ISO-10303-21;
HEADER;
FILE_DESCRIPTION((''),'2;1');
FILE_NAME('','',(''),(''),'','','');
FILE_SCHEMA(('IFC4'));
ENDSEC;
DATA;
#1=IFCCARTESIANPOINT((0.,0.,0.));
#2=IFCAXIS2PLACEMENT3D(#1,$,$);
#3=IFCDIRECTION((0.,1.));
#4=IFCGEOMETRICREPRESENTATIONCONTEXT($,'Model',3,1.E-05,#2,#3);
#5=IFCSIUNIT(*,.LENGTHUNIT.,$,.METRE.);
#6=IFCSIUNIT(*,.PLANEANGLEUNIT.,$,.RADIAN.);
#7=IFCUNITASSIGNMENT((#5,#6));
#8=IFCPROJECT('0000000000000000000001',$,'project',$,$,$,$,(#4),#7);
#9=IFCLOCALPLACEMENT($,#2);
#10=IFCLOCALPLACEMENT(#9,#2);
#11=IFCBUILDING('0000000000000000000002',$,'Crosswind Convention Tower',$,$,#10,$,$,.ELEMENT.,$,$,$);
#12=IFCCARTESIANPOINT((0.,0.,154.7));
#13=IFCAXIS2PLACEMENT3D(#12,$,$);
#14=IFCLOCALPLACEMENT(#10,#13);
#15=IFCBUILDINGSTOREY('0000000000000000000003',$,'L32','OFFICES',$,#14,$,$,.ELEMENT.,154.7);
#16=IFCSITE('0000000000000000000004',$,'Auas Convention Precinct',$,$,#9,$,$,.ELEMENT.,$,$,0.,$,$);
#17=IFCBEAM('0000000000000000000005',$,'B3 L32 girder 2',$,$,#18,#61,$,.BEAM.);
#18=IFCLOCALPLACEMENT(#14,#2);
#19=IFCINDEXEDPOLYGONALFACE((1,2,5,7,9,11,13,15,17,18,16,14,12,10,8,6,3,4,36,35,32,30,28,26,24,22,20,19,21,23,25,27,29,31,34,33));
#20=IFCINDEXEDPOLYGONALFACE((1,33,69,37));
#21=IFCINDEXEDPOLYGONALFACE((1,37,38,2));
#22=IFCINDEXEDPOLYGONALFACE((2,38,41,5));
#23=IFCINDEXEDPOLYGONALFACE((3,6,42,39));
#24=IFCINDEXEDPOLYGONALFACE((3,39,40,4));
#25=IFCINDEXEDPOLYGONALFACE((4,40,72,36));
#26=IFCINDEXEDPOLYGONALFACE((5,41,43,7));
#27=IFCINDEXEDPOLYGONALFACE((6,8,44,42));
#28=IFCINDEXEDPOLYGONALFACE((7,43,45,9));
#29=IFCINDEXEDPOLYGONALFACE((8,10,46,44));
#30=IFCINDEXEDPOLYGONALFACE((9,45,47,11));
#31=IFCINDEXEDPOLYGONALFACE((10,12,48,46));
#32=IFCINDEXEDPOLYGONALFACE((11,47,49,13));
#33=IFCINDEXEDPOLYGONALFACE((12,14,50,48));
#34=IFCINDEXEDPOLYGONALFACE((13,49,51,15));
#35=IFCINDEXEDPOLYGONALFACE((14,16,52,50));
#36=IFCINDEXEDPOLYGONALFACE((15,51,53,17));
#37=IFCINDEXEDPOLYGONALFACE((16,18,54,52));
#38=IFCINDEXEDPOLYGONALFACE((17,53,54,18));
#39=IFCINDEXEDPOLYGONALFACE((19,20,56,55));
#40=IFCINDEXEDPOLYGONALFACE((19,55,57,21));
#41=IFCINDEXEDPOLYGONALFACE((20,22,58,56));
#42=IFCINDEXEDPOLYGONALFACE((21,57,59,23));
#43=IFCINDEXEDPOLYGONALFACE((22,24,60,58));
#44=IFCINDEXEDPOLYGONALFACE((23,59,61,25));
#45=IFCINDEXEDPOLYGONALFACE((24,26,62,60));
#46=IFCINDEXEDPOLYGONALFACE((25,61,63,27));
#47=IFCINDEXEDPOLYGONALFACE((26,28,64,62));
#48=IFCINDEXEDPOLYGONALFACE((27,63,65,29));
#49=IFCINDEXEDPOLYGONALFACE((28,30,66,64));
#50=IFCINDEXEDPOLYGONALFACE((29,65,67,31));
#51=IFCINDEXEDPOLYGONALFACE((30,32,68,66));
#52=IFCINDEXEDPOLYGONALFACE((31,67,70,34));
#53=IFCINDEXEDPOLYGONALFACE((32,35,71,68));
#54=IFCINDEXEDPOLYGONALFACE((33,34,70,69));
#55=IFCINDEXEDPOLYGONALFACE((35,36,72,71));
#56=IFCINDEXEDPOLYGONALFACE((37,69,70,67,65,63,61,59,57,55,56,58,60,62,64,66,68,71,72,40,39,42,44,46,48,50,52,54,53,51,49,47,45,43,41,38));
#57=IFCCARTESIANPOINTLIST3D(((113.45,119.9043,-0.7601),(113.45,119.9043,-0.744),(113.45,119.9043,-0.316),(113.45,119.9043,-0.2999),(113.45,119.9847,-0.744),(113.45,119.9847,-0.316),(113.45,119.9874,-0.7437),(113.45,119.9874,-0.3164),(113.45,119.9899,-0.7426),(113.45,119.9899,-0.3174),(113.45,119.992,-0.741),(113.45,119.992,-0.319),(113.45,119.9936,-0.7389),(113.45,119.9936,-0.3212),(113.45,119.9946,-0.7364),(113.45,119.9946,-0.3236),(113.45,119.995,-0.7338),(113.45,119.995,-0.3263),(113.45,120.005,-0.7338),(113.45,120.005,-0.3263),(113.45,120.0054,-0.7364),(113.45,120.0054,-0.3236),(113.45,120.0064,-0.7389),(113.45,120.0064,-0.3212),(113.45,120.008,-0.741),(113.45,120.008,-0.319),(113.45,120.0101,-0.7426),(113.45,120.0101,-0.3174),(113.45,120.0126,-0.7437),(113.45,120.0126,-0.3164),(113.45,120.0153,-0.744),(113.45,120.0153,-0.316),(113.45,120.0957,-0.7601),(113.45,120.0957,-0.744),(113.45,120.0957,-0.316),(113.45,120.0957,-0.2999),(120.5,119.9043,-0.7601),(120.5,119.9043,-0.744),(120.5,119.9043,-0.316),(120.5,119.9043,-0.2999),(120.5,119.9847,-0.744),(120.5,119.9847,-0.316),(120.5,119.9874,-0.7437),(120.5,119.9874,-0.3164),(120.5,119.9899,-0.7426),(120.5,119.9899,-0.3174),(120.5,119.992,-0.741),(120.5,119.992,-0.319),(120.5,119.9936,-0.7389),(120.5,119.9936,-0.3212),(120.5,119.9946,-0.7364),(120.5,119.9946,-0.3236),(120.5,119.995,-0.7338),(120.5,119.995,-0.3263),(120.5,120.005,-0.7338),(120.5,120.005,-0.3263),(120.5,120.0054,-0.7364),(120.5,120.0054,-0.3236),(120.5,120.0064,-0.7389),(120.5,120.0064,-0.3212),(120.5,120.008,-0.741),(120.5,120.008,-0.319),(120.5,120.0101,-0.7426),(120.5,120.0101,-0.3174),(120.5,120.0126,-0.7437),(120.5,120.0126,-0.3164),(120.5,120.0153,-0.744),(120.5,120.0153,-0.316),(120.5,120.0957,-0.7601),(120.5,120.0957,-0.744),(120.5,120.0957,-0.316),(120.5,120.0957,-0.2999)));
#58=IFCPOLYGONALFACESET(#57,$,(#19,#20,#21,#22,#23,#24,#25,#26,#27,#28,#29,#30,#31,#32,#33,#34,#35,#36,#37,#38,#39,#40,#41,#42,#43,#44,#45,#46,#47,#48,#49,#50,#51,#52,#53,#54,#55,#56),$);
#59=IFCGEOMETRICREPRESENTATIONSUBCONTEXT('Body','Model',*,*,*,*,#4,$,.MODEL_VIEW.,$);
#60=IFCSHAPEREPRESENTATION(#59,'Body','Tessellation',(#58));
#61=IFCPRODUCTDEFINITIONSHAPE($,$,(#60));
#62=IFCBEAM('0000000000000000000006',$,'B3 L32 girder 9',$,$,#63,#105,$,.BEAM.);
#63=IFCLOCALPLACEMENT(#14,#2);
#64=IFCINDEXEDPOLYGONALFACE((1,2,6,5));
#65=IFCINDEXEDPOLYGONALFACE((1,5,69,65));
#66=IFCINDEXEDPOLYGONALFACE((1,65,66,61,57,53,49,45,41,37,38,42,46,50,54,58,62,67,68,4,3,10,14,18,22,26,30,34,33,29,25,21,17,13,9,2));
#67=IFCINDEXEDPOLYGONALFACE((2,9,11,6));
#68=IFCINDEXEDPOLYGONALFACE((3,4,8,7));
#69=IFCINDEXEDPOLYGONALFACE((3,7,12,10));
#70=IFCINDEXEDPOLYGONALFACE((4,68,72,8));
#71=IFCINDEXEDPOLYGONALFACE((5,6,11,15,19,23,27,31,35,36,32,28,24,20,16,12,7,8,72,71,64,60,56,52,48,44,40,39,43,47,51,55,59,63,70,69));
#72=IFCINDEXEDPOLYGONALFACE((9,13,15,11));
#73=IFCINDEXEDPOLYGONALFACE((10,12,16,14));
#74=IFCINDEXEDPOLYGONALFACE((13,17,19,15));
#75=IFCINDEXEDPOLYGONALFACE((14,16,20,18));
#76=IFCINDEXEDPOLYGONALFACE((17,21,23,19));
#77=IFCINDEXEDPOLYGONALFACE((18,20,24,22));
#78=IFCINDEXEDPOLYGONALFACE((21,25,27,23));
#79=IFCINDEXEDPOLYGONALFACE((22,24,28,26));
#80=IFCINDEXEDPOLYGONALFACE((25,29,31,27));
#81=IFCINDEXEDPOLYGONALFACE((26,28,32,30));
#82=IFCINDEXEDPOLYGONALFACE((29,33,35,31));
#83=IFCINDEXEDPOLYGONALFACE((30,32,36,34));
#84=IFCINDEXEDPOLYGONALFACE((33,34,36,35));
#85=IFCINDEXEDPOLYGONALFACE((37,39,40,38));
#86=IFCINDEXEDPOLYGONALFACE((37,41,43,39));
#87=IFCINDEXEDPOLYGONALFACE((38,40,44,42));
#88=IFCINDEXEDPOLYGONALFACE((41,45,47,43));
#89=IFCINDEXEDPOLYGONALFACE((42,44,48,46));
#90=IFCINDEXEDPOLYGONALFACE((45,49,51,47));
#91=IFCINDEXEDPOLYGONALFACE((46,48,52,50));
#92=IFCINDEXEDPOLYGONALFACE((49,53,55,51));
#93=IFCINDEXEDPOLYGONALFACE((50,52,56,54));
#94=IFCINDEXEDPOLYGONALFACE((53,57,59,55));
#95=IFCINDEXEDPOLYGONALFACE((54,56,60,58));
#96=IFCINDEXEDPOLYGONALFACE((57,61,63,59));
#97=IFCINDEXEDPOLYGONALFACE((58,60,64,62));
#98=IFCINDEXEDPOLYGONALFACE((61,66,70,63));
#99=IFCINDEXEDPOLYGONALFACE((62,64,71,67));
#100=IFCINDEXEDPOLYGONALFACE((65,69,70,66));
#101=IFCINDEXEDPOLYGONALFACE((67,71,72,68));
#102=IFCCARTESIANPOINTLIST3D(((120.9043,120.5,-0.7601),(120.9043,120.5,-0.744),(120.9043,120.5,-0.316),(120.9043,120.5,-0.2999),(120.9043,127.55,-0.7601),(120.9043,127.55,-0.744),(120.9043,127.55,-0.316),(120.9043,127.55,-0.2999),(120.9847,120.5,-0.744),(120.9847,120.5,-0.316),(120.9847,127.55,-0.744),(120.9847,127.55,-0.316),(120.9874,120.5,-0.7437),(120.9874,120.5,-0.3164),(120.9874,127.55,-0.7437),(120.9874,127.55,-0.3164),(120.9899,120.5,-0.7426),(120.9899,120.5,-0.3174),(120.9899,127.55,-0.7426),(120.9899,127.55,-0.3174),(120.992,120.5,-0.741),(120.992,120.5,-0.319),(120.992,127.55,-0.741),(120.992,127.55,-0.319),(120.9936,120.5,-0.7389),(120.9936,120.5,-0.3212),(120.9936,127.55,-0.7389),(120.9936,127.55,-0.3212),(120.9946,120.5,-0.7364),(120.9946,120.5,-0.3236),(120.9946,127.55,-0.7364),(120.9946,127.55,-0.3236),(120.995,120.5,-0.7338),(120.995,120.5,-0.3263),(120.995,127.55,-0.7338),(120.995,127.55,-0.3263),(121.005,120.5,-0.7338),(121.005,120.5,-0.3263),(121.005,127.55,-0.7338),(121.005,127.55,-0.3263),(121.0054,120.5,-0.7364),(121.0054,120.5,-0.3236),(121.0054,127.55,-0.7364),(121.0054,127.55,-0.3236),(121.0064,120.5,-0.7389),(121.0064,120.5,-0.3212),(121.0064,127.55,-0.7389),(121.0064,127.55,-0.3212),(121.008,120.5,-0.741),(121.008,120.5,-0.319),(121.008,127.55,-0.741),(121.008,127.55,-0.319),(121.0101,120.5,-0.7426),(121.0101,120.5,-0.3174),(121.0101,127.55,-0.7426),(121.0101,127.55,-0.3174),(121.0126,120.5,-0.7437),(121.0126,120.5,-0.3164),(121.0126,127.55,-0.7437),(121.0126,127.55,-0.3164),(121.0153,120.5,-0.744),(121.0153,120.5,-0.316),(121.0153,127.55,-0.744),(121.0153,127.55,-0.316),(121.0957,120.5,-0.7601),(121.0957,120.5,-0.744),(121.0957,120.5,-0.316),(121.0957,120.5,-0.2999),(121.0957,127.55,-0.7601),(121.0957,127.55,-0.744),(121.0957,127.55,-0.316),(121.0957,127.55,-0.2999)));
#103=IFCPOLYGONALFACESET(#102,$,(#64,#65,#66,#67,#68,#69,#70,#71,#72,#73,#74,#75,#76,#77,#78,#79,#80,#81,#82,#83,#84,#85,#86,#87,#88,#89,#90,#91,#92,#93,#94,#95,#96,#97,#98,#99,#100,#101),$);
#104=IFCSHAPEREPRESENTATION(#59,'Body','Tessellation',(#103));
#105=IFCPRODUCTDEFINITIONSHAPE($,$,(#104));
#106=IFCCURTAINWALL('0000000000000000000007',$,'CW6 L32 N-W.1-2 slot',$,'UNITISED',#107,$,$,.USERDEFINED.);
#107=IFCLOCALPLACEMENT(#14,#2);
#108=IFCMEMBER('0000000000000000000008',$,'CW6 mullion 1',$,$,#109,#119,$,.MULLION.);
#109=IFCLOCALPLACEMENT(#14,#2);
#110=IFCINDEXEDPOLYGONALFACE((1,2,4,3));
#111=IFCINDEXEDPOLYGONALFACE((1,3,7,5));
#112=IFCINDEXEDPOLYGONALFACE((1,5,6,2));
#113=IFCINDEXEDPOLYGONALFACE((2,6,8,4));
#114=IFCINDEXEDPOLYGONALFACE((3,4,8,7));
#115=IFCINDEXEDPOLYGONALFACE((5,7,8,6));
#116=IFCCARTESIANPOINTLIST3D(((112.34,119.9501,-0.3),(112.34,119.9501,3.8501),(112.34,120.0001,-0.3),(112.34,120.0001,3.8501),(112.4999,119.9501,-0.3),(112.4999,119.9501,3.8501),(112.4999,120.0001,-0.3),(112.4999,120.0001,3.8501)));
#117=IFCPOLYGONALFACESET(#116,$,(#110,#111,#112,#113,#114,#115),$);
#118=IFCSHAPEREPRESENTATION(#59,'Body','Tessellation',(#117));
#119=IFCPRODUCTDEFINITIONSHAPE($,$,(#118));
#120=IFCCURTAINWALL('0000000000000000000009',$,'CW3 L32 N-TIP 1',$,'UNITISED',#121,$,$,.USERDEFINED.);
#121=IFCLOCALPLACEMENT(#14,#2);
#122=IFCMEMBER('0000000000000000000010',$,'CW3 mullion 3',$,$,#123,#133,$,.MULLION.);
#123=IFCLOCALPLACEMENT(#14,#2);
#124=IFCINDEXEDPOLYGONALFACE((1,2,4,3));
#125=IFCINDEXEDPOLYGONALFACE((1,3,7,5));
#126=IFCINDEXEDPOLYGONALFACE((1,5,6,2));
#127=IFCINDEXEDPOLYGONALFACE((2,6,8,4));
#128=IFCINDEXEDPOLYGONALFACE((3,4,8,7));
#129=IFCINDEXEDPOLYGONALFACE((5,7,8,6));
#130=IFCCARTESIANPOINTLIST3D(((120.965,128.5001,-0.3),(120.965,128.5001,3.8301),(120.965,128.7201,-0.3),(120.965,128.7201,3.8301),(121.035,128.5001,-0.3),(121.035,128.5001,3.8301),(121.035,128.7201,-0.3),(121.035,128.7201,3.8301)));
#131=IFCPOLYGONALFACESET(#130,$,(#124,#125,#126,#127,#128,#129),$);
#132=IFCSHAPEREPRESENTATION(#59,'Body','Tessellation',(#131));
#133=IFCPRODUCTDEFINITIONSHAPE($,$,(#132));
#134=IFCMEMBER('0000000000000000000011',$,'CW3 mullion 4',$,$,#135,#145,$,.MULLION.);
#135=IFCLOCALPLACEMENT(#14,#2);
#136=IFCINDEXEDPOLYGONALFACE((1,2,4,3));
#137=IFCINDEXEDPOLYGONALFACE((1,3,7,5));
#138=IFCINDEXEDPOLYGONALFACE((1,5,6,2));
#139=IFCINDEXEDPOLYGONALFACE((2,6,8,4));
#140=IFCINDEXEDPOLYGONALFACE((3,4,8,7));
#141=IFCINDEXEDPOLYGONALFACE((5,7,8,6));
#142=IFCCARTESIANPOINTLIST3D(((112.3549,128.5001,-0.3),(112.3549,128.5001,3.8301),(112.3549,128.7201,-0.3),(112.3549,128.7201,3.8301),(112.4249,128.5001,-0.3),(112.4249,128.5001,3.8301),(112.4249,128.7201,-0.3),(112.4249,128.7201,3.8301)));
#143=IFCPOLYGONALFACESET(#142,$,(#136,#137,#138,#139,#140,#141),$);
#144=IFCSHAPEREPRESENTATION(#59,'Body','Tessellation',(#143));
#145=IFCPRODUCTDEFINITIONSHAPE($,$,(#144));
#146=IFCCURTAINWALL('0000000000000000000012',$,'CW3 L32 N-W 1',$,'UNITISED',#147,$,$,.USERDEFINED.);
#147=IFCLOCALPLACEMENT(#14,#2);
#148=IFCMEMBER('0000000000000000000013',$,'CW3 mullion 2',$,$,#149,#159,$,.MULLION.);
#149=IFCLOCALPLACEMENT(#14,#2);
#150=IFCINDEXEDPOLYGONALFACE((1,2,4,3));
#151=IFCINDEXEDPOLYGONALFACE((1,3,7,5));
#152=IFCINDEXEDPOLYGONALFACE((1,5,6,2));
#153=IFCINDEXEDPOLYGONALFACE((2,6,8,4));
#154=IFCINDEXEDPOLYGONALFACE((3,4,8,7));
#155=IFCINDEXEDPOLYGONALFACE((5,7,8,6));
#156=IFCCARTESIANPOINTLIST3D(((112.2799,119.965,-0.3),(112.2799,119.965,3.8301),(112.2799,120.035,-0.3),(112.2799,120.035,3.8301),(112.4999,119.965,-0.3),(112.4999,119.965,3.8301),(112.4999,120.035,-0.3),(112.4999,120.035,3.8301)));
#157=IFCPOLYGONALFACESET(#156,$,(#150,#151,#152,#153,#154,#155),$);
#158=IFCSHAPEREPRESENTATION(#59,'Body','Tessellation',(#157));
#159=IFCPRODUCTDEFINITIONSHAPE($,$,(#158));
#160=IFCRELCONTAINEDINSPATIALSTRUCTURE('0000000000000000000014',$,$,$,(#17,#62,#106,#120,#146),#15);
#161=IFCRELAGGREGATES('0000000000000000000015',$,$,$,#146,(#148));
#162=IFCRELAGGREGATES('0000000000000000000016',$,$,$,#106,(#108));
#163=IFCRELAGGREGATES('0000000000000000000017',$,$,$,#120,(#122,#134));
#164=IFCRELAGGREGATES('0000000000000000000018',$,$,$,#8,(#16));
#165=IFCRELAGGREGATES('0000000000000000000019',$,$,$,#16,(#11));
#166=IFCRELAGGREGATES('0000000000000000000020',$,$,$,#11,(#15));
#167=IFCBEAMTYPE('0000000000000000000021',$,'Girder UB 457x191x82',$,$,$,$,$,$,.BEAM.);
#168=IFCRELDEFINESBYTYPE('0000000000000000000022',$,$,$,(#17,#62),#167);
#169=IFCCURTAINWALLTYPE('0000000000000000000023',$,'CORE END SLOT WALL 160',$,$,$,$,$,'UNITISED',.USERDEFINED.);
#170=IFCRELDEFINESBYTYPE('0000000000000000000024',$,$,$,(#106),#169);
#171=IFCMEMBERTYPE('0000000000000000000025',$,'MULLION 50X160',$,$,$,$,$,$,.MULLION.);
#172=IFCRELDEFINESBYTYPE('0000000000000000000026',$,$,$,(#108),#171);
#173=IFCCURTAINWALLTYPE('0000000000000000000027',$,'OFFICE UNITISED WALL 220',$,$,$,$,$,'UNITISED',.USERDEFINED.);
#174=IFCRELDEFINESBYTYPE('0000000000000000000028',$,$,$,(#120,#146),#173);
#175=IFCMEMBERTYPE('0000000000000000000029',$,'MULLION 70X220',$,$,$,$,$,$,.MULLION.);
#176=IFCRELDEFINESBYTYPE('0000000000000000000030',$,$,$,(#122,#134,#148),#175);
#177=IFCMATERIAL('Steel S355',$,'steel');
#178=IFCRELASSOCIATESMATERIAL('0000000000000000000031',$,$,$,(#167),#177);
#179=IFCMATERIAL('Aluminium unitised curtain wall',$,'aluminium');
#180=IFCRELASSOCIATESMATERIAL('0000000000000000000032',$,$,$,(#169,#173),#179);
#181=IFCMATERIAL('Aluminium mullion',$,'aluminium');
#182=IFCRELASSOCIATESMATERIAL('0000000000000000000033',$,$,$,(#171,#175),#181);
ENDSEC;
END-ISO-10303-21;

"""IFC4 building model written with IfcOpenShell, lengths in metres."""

from ifc_helpers import new_model, si_unit, direction, frame, origin, origin_2d, place, context, subcontext, project, spatial, rectangle, i_section, extrude, material, material_profile, profile_set, type_object, element, aggregate, save


model = new_model("IFC4")

# Units and contexts
model_context = context("Model", 3, precision=1e-05, world=origin(), true_north=direction((0.0, 1.0)))
body_context = subcontext(model_context, "Body", "Model", "MODEL_VIEW")
ifc_project = project(units=[si_unit("LENGTHUNIT", "METRE"), si_unit("PLANEANGLEUNIT", "RADIAN")], contexts=[model_context])

# Site, building, storey
site_placement = place(None, origin())
site = spatial("IfcSite", under=ifc_project, at=site_placement, Name="Auas Convention Precinct", CompositionType="ELEMENT", RefElevation=0.0)
building_placement = place(site_placement, origin())
building = spatial("IfcBuilding", under=site, at=building_placement, Name="Crosswind Convention Tower", CompositionType="ELEMENT")
storey_placement = place(building_placement, frame((0.0, 0.0, 154.7)))
storey = spatial("IfcBuildingStorey", under=building, at=storey_placement, Name="L32", Description="OFFICES", CompositionType="ELEMENT", Elevation=154.7)

# Beams
ifc_material_1 = material(Name="Steel S355", Category="steel")
ifc_material_profile_1 = material_profile(ifc_material_1, i_section(OverallWidth=0.1914, OverallDepth=0.4602, WebThickness=0.01, FlangeThickness=0.0161, FilletRadius=0.0103, at=origin_2d()), Name="UB 457x191x82")
ifc_profile_set_1 = profile_set([ifc_material_profile_1], Name="Steel S355")
beam_type_1 = type_object("IfcBeamType", Name="Girder UB 457x191x82", PredefinedType="BEAM", material=ifc_profile_set_1)
for number, where, z_axis, x_axis, name in (
    (1, (113.45, 120.0, -0.53), (1.0, 0.0, 0.0), (0.0, 1.0, 0.0), "B3 L32 girder 2"),
    (2, (121.0, 120.5, -0.53), (0.0, 1.0, 0.0), (-1.0, 0.0, 0.0), "B3 L32 girder 9"),
):
    element("IfcBeam", number, at=place(storey_placement, frame(where, z_axis=z_axis, x_axis=x_axis)), inside=storey, type_object=beam_type_1, Name=name, PredefinedType="BEAM", context=body_context, shape_type="SweptSolid", body=[
        extrude(i_section(OverallWidth=0.1914, OverallDepth=0.4602, WebThickness=0.01, FlangeThickness=0.0161, FilletRadius=0.0103, at=origin_2d()), origin(), (0.0, 0.0, 1.0), 7.05),
    ])

# Curtain wall, member
ifc_material_2 = material(Name="Aluminium unitised curtain wall", Category="aluminium")
curtain_wall_type_1 = type_object("IfcCurtainWallType", Name="CORE END SLOT WALL 160", ElementType="UNITISED", PredefinedType="USERDEFINED", material=ifc_material_2)
curtain_wall_1_placement = place(storey_placement, origin())
curtain_wall_1 = element("IfcCurtainWall", 3, at=curtain_wall_1_placement, inside=storey, type_object=curtain_wall_type_1, Name="CW6 L32 N-W.1-2 slot", ObjectType="UNITISED", PredefinedType="USERDEFINED")
ifc_material_3 = material(Name="Aluminium mullion", Category="aluminium")
ifc_material_profile_2 = material_profile(ifc_material_3, rectangle(XDim=0.1599, YDim=0.05, at=origin_2d()), Name="AL 160X50")
ifc_profile_set_2 = profile_set([ifc_material_profile_2], Name="Aluminium mullion")
member_type_1 = type_object("IfcMemberType", Name="MULLION 50X160", PredefinedType="MULLION", material=ifc_profile_set_2)
member_1_placement = place(storey_placement, frame((112.4199, 119.9751, -0.3), z_axis=(0.0, 0.0, 1.0), x_axis=(-1.0, 0.0, 0.0)))
member_1 = element("IfcMember", 4, at=member_1_placement, type_object=member_type_1, Name="CW6 mullion 1", PredefinedType="MULLION", context=body_context, shape_type="SweptSolid", body=[
    extrude(rectangle(XDim=0.1599, YDim=0.05, at=origin_2d()), origin(), (0.0, 0.0, 1.0), 4.1501),
])

# Curtain wall, members
curtain_wall_type_2 = type_object("IfcCurtainWallType", Name="OFFICE UNITISED WALL 220", ElementType="UNITISED", PredefinedType="USERDEFINED", material=ifc_material_2)
curtain_wall_2_placement = place(storey_placement, origin())
curtain_wall_2 = element("IfcCurtainWall", 5, at=curtain_wall_2_placement, inside=storey, type_object=curtain_wall_type_2, Name="CW3 L32 N-TIP 1", ObjectType="UNITISED", PredefinedType="USERDEFINED")
ifc_material_profile_3 = material_profile(ifc_material_3, rectangle(XDim=0.22, YDim=0.0701, at=origin_2d()), Name="AL 220X70")
ifc_profile_set_3 = profile_set([ifc_material_profile_3], Name="Aluminium mullion")
member_type_2 = type_object("IfcMemberType", Name="MULLION 70X220", PredefinedType="MULLION", material=ifc_profile_set_3)
member_2_placement = place(storey_placement, frame((121.0, 128.6101, -0.3), z_axis=(0.0, 0.0, 1.0), x_axis=(0.0, 1.0, 0.0)))
member_2 = element("IfcMember", 6, at=member_2_placement, type_object=member_type_2, Name="CW3 mullion 3", PredefinedType="MULLION", context=body_context, shape_type="SweptSolid", body=[
    extrude(rectangle(XDim=0.22, YDim=0.0701, at=origin_2d()), origin(), (0.0, 0.0, 1.0), 4.1301),
])
member_3_placement = place(storey_placement, frame((112.3899, 128.6101, -0.3), z_axis=(0.0, 0.0, 1.0), x_axis=(0.0, 1.0, 0.0)))
member_3 = element("IfcMember", 7, at=member_3_placement, type_object=member_type_2, Name="CW3 mullion 4", PredefinedType="MULLION", context=body_context, shape_type="SweptSolid", body=[
    extrude(rectangle(XDim=0.22, YDim=0.0701, at=origin_2d()), origin(), (0.0, 0.0, 1.0), 4.1301),
])

# Curtain wall, member
curtain_wall_3_placement = place(storey_placement, origin())
curtain_wall_3 = element("IfcCurtainWall", 8, at=curtain_wall_3_placement, inside=storey, type_object=curtain_wall_type_2, Name="CW3 L32 N-W 1", ObjectType="UNITISED", PredefinedType="USERDEFINED")
member_4_placement = place(storey_placement, frame((112.3899, 120.0, -0.3), z_axis=(0.0, 0.0, 1.0), x_axis=(-1.0, 0.0, 0.0)))
member_4 = element("IfcMember", 9, at=member_4_placement, type_object=member_type_2, Name="CW3 mullion 2", PredefinedType="MULLION", context=body_context, shape_type="SweptSolid", body=[
    extrude(rectangle(XDim=0.22, YDim=0.0701, at=origin_2d()), origin(), (0.0, 0.0, 1.0), 4.1301),
])

aggregate(curtain_wall_3, [member_4])

aggregate(curtain_wall_1, [member_1])
aggregate(curtain_wall_2, [member_2, member_3])

save(model, "model.ifc")
